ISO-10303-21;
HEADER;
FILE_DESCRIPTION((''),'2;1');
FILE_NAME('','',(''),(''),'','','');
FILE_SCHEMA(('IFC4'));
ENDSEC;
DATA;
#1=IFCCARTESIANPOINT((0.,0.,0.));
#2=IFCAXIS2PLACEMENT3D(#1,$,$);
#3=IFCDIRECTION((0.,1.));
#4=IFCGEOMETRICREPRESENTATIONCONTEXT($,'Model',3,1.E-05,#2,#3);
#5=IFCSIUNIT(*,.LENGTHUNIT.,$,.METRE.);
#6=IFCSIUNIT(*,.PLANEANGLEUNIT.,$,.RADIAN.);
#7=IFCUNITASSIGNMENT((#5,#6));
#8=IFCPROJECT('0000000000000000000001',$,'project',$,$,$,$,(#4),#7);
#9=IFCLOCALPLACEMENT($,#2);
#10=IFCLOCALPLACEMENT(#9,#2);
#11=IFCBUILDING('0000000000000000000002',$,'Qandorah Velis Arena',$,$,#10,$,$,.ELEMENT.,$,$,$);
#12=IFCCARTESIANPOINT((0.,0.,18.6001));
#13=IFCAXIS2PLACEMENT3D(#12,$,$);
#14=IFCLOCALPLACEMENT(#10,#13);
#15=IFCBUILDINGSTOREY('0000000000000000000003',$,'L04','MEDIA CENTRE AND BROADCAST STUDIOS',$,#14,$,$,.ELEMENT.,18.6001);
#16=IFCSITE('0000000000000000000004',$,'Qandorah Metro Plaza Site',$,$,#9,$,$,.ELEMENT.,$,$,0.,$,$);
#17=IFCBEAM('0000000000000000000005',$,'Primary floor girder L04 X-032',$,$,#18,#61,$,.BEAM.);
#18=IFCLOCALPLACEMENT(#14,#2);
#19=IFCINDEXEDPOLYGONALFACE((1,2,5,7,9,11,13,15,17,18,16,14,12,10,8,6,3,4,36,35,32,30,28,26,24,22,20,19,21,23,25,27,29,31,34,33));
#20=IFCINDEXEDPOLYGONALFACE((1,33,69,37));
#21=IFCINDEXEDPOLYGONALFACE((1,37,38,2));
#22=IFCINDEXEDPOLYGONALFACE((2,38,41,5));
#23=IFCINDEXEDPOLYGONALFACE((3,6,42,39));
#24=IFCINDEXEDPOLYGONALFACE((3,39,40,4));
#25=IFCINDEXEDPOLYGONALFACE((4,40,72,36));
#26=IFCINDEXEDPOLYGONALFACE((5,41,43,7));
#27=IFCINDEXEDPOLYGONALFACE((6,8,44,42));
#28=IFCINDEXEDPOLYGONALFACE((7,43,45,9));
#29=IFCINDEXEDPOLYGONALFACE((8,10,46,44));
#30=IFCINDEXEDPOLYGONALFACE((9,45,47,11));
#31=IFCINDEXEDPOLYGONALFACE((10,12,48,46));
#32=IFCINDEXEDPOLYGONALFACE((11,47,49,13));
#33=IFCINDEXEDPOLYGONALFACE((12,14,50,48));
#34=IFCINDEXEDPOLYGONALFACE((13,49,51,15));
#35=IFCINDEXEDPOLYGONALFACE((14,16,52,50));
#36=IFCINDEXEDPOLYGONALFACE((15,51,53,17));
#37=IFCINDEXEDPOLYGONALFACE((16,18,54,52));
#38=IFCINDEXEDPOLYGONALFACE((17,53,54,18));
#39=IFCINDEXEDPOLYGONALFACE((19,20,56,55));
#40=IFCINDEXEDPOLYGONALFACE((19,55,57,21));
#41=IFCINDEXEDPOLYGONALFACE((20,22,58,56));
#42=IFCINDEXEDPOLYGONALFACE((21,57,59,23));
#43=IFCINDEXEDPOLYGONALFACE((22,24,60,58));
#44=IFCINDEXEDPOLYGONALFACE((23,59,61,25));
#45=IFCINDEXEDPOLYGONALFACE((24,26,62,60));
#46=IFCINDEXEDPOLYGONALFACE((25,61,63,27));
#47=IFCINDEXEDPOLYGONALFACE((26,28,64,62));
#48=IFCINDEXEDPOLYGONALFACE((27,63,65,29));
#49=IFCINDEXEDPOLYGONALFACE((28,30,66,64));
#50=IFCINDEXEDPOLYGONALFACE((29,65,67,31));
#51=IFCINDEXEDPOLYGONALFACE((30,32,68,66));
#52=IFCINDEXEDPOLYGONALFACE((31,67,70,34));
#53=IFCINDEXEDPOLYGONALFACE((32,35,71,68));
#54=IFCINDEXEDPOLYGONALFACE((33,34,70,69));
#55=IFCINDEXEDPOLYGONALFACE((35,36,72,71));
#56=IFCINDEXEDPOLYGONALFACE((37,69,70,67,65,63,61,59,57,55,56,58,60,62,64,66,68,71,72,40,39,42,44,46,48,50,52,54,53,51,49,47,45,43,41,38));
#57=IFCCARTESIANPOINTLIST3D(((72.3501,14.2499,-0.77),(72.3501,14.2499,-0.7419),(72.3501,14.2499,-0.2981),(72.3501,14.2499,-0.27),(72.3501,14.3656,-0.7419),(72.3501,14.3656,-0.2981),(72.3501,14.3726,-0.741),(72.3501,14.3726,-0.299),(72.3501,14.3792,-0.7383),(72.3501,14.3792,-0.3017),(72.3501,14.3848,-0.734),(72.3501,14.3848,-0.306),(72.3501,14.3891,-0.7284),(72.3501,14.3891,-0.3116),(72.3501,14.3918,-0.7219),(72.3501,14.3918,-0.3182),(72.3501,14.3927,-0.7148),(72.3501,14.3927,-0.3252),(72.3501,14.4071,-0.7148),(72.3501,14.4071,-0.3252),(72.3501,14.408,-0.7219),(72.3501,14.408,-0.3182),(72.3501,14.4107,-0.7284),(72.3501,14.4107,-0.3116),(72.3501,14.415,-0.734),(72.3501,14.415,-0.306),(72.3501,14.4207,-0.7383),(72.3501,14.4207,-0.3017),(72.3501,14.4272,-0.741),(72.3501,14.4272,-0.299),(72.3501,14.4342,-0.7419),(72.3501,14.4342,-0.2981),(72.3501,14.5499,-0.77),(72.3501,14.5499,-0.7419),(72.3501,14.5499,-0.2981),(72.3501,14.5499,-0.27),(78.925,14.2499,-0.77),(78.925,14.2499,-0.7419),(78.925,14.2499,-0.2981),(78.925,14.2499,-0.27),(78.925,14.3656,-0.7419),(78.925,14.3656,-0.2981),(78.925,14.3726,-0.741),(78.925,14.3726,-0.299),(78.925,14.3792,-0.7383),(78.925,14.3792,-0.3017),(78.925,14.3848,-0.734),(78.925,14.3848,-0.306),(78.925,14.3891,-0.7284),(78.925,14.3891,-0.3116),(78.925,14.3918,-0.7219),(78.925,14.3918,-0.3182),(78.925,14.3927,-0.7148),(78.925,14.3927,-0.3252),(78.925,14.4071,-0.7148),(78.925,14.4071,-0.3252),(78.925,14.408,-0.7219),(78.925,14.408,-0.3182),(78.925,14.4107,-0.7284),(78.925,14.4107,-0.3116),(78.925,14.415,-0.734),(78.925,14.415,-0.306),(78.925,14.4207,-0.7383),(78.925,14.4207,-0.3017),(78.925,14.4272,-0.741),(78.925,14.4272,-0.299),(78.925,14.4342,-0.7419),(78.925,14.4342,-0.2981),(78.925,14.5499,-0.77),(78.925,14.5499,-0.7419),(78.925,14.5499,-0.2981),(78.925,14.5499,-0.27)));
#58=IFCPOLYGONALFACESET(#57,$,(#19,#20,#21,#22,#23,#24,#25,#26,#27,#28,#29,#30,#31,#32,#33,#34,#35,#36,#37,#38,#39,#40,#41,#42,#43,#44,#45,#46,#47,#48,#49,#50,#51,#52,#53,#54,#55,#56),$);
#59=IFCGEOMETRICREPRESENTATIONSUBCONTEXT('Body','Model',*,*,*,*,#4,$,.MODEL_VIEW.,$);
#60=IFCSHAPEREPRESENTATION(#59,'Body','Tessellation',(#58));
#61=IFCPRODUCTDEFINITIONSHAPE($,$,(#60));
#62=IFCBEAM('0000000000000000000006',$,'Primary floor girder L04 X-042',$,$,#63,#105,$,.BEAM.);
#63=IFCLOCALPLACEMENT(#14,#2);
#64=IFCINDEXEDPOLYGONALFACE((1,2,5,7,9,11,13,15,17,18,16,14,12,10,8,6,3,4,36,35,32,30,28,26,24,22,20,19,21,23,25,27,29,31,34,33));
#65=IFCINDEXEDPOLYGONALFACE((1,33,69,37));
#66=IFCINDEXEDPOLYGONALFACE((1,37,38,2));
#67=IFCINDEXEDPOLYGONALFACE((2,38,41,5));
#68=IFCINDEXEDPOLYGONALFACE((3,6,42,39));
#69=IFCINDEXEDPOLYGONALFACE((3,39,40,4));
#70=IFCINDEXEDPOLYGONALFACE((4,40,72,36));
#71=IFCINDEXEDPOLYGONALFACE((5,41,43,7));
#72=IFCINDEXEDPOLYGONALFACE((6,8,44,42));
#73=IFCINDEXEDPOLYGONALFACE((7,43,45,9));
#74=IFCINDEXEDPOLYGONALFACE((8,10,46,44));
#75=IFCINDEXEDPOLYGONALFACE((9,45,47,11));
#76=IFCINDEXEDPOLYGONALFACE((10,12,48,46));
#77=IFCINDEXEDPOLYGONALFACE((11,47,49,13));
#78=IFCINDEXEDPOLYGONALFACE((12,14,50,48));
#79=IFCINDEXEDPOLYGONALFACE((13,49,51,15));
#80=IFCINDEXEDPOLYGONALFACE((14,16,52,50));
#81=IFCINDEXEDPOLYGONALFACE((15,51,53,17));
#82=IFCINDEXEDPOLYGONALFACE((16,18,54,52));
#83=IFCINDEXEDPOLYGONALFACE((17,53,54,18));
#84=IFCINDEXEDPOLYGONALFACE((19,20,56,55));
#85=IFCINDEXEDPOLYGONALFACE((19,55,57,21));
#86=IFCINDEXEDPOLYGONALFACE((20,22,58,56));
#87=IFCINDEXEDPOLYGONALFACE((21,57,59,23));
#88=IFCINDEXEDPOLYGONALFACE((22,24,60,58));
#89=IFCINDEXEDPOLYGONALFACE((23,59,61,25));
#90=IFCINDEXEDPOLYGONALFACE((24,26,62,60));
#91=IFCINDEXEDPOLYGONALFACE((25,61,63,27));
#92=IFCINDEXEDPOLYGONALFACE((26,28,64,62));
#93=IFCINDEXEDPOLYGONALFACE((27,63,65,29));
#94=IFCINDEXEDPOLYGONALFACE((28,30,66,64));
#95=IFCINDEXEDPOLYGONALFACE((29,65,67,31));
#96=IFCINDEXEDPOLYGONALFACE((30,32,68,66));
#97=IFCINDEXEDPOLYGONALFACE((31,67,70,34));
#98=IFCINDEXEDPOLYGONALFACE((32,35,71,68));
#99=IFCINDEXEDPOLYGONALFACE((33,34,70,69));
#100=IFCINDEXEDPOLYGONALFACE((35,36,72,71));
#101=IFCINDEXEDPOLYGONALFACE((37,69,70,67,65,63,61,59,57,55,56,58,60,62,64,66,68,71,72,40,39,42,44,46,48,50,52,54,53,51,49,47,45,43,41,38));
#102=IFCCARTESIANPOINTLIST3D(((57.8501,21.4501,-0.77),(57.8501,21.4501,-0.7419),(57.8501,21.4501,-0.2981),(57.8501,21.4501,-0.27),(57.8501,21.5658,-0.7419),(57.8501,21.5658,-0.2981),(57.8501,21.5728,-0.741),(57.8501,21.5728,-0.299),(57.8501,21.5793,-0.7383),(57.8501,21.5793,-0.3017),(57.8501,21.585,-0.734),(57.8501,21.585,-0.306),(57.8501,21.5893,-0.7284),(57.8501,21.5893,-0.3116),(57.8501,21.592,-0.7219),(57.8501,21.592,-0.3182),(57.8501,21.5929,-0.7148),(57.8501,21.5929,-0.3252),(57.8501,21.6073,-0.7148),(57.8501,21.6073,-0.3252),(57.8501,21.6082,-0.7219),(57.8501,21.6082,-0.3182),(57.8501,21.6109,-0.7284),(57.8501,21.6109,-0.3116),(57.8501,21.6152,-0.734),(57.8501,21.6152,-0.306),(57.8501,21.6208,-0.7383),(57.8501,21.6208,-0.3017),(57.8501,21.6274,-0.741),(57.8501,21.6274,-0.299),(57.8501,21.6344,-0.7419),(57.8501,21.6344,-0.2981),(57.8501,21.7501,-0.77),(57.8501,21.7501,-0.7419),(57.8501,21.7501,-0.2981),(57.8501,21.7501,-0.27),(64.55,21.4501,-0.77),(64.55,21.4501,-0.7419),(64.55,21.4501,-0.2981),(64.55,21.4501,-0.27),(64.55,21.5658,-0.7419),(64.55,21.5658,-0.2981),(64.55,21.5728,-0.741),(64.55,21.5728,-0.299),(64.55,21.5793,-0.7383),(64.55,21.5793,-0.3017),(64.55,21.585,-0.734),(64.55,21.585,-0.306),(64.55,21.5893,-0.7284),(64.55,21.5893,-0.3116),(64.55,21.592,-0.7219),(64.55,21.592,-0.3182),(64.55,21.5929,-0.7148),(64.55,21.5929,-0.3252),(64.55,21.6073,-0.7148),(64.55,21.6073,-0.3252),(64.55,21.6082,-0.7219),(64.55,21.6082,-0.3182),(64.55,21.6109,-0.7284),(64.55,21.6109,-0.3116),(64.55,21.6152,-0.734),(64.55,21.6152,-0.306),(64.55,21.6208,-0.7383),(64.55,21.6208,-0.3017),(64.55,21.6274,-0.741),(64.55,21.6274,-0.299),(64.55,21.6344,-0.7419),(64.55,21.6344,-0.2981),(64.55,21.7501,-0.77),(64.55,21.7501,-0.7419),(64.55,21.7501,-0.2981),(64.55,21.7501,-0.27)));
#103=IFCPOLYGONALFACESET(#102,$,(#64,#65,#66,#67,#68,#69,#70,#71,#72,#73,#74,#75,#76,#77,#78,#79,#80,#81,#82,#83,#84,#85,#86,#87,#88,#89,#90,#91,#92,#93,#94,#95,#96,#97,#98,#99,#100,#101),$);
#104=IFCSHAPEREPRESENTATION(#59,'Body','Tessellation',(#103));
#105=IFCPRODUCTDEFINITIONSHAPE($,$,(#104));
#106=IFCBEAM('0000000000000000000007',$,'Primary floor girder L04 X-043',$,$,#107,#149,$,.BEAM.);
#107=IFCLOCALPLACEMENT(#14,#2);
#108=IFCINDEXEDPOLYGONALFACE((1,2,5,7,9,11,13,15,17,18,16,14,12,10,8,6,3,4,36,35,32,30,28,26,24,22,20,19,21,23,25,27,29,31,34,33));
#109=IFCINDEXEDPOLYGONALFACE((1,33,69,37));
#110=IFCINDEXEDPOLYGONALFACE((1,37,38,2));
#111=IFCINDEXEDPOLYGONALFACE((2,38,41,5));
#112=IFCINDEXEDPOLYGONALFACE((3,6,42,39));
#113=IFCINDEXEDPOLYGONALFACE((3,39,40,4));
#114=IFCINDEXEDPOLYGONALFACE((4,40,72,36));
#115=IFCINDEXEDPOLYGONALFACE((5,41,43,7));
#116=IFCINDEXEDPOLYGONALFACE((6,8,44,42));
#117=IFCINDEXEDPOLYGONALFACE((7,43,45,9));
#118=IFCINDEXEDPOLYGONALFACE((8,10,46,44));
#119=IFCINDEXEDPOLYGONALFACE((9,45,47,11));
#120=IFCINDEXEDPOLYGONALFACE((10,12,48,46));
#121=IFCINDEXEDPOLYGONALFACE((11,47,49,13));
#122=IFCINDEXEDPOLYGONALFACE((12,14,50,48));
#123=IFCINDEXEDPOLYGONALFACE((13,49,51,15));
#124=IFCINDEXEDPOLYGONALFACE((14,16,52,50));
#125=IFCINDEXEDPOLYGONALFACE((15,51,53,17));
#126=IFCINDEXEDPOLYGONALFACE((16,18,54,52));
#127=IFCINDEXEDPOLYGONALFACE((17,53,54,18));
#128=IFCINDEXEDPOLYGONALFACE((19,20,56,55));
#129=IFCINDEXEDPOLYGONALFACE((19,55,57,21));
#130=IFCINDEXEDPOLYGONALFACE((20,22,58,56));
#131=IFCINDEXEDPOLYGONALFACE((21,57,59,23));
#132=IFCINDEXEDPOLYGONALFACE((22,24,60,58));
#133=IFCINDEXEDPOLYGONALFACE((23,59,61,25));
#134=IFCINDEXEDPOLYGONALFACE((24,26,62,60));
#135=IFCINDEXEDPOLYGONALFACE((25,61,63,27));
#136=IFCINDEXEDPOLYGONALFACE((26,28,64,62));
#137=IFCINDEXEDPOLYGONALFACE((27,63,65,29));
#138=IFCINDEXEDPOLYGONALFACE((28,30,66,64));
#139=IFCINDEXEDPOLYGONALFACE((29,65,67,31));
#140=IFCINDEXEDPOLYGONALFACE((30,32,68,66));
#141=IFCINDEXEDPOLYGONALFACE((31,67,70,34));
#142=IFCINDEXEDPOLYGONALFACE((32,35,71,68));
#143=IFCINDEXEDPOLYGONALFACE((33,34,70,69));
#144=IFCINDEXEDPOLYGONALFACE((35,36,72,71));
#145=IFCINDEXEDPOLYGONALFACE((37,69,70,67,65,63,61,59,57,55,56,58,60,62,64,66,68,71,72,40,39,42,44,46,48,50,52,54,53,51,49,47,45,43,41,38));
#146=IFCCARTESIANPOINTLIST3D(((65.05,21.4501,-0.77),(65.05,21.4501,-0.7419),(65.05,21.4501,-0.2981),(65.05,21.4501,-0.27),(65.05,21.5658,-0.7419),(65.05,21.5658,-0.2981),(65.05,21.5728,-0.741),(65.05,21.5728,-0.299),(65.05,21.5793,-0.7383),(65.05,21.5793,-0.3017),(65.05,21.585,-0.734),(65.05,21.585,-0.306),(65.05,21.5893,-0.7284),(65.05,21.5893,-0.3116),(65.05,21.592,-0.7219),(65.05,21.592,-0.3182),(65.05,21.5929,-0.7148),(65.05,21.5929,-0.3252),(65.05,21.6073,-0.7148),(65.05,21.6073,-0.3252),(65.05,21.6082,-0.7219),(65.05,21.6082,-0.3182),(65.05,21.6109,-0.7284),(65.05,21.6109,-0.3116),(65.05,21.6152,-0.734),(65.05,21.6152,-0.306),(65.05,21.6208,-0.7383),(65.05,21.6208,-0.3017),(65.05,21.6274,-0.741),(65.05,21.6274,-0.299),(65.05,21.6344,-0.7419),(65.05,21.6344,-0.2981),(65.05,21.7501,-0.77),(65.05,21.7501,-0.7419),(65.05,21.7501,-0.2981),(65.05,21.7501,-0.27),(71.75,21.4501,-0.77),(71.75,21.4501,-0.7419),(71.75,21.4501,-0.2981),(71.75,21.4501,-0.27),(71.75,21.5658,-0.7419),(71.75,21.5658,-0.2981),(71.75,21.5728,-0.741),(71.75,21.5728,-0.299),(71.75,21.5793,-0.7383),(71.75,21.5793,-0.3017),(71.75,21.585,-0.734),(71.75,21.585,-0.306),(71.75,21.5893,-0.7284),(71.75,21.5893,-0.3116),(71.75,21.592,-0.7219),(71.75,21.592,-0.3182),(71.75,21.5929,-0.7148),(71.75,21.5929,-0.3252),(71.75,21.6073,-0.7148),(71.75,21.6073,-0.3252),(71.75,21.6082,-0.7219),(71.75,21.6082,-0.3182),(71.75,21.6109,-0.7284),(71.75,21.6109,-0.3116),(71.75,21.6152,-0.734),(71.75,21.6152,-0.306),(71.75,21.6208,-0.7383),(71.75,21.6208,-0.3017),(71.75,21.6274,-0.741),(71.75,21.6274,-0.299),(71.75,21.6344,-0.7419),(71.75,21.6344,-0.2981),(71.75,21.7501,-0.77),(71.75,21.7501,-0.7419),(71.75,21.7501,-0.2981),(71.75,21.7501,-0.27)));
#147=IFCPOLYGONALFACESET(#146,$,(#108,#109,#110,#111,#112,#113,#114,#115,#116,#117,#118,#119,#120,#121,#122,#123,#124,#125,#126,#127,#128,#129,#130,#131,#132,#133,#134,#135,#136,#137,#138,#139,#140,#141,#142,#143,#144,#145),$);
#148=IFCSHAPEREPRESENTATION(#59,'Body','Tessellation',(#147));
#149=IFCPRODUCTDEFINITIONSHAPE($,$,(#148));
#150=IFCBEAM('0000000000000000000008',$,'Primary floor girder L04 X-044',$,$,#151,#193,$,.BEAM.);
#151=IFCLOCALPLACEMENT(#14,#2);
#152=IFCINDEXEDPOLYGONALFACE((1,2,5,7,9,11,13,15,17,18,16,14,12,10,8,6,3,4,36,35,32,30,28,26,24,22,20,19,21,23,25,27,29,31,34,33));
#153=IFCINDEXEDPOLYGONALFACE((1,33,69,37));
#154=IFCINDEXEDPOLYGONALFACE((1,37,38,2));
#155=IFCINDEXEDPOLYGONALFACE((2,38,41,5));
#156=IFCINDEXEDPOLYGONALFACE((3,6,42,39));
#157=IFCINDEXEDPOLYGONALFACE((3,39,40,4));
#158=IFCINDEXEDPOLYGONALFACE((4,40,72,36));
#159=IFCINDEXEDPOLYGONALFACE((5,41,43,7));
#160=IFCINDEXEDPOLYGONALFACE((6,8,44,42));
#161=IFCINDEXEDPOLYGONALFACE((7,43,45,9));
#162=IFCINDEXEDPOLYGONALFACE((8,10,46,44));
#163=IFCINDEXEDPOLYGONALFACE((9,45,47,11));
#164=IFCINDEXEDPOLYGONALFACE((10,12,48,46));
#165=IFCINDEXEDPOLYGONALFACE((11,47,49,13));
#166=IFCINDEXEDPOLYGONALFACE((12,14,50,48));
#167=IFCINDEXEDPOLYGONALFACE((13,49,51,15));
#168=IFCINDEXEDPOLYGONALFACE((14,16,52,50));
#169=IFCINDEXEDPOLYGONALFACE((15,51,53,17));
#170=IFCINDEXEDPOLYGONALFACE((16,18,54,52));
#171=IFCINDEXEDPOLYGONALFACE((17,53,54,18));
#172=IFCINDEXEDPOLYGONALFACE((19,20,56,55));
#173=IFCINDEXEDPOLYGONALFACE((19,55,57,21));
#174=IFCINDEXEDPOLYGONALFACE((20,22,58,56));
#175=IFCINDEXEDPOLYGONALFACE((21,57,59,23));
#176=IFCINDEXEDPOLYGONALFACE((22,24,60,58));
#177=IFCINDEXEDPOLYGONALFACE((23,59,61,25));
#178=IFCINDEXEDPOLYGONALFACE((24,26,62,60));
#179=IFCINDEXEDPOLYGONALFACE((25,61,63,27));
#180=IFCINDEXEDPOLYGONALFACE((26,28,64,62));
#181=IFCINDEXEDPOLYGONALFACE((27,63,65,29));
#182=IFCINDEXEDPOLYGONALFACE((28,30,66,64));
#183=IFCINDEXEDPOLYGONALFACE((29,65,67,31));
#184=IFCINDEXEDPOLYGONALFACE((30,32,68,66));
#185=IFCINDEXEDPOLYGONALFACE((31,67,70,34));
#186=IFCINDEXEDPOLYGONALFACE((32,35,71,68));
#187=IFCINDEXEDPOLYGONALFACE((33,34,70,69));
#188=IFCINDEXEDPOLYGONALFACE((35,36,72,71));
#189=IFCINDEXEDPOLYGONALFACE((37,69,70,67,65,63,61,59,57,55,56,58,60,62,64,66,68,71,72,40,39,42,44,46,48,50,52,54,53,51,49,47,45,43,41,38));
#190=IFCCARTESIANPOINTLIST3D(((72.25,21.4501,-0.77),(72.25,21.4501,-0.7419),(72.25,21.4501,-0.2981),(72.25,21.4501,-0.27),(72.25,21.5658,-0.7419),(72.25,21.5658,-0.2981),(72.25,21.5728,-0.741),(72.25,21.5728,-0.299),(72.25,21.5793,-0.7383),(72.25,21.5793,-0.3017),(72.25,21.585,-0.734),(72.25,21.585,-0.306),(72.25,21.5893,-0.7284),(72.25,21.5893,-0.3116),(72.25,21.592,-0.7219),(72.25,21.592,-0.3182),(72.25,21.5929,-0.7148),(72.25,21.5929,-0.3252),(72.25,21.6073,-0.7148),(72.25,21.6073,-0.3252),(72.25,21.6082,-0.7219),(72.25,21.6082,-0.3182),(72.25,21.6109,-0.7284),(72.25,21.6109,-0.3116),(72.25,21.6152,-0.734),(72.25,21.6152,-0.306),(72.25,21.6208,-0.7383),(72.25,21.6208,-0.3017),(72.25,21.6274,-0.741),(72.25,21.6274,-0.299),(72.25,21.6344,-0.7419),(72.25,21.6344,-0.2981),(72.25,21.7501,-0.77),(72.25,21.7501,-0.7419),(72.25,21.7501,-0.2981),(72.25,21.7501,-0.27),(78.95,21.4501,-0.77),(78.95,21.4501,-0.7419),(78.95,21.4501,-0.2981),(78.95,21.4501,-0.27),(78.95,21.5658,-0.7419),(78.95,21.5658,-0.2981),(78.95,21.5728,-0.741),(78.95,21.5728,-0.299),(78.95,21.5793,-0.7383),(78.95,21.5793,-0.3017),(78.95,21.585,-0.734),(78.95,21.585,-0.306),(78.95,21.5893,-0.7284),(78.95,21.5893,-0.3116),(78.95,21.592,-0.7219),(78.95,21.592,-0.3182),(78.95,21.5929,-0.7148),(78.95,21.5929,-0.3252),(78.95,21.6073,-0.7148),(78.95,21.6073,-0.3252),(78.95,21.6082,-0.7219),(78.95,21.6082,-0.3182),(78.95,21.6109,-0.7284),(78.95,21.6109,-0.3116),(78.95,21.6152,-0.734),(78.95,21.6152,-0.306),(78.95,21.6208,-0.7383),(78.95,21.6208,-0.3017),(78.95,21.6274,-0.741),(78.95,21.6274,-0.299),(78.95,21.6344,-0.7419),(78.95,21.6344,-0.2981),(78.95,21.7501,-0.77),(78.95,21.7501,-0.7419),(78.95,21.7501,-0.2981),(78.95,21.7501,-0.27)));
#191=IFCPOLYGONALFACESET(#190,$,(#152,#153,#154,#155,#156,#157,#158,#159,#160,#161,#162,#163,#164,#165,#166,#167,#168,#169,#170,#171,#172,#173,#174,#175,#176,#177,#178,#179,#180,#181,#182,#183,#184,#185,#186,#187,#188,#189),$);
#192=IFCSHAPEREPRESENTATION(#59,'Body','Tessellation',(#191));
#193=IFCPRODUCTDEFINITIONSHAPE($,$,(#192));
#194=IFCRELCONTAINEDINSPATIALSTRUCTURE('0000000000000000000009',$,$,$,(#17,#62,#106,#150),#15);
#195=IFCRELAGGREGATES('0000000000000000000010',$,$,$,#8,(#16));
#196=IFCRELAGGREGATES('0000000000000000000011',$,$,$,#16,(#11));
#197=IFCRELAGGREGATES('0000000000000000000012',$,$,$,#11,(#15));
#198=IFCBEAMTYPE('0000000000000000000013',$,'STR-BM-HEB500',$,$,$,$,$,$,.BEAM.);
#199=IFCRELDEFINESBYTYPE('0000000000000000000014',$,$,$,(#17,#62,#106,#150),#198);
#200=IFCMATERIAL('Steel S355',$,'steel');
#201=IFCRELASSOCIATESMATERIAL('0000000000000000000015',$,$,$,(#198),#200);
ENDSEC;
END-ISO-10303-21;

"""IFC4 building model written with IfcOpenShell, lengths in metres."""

from ifc_helpers import new_model, si_unit, direction, frame, origin, origin_2d, place, context, subcontext, project, spatial, i_section, extrude, material, material_profile, profile_set, type_object, element, save


model = new_model("IFC4")

# Units and contexts
model_context = context("Model", 3, precision=1e-05, world=origin(), true_north=direction((0.0, 1.0)))
body_context = subcontext(model_context, "Body", "Model", "MODEL_VIEW")
ifc_project = project(units=[si_unit("LENGTHUNIT", "METRE"), si_unit("PLANEANGLEUNIT", "RADIAN")], contexts=[model_context])

# Site, building, storey
site_placement = place(None, origin())
site = spatial("IfcSite", under=ifc_project, at=site_placement, Name="Qandorah Metro Plaza Site", CompositionType="ELEMENT", RefElevation=0.0)
building_placement = place(site_placement, origin())
building = spatial("IfcBuilding", under=site, at=building_placement, Name="Qandorah Velis Arena", CompositionType="ELEMENT")
storey_placement = place(building_placement, frame((0.0, 0.0, 18.6001)))
storey = spatial("IfcBuildingStorey", under=building, at=storey_placement, Name="L04", Description="MEDIA CENTRE AND BROADCAST STUDIOS", CompositionType="ELEMENT", Elevation=18.6001)

# Shared definitions
ifc_material_1 = material(Name="Steel S355", Category="steel")

# Beams
ifc_material_profile_1 = material_profile(ifc_material_1, i_section(OverallWidth=0.3, OverallDepth=0.5, WebThickness=0.0144, FlangeThickness=0.0281, FilletRadius=0.0271, at=origin_2d()), Name="HEB 500")
ifc_profile_set_1 = profile_set([ifc_material_profile_1], Name="Steel S355")
beam_type_1 = type_object("IfcBeamType", Name="STR-BM-HEB500", PredefinedType="BEAM", material=ifc_profile_set_1)
for number, where, z_axis, x_axis, name in (
    (1, (72.3501, 14.3999, -0.52), (1.0, 0.0, 0.0), (0.0, 1.0, 0.0), "Primary floor girder L04 X-032"),
):
    element("IfcBeam", number, at=place(storey_placement, frame(where, z_axis=z_axis, x_axis=x_axis)), inside=storey, type_object=beam_type_1, Name=name, PredefinedType="BEAM", context=body_context, shape_type="SweptSolid", body=[
        extrude(i_section(OverallWidth=0.3, OverallDepth=0.5, WebThickness=0.0144, FlangeThickness=0.0281, FilletRadius=0.0271, at=origin_2d()), origin(), (0.0, 0.0, 1.0), 6.575),
    ])
for number, where, z_axis, x_axis, name in (
    (2, (57.8501, 21.6001, -0.52), (1.0, 0.0, 0.0), (0.0, 1.0, 0.0), "Primary floor girder L04 X-042"),
    (3, (65.05, 21.6001, -0.52), (1.0, 0.0, 0.0), (0.0, 1.0, 0.0), "Primary floor girder L04 X-043"),
    (4, (72.25, 21.6001, -0.52), (1.0, 0.0, 0.0), (0.0, 1.0, 0.0), "Primary floor girder L04 X-044"),
):
    element("IfcBeam", number, at=place(storey_placement, frame(where, z_axis=z_axis, x_axis=x_axis)), inside=storey, type_object=beam_type_1, Name=name, PredefinedType="BEAM", context=body_context, shape_type="SweptSolid", body=[
        extrude(i_section(OverallWidth=0.3, OverallDepth=0.5, WebThickness=0.0144, FlangeThickness=0.0281, FilletRadius=0.0271, at=origin_2d()), origin(), (0.0, 0.0, 1.0), 6.7),
    ])

save(model, "model.ifc")
